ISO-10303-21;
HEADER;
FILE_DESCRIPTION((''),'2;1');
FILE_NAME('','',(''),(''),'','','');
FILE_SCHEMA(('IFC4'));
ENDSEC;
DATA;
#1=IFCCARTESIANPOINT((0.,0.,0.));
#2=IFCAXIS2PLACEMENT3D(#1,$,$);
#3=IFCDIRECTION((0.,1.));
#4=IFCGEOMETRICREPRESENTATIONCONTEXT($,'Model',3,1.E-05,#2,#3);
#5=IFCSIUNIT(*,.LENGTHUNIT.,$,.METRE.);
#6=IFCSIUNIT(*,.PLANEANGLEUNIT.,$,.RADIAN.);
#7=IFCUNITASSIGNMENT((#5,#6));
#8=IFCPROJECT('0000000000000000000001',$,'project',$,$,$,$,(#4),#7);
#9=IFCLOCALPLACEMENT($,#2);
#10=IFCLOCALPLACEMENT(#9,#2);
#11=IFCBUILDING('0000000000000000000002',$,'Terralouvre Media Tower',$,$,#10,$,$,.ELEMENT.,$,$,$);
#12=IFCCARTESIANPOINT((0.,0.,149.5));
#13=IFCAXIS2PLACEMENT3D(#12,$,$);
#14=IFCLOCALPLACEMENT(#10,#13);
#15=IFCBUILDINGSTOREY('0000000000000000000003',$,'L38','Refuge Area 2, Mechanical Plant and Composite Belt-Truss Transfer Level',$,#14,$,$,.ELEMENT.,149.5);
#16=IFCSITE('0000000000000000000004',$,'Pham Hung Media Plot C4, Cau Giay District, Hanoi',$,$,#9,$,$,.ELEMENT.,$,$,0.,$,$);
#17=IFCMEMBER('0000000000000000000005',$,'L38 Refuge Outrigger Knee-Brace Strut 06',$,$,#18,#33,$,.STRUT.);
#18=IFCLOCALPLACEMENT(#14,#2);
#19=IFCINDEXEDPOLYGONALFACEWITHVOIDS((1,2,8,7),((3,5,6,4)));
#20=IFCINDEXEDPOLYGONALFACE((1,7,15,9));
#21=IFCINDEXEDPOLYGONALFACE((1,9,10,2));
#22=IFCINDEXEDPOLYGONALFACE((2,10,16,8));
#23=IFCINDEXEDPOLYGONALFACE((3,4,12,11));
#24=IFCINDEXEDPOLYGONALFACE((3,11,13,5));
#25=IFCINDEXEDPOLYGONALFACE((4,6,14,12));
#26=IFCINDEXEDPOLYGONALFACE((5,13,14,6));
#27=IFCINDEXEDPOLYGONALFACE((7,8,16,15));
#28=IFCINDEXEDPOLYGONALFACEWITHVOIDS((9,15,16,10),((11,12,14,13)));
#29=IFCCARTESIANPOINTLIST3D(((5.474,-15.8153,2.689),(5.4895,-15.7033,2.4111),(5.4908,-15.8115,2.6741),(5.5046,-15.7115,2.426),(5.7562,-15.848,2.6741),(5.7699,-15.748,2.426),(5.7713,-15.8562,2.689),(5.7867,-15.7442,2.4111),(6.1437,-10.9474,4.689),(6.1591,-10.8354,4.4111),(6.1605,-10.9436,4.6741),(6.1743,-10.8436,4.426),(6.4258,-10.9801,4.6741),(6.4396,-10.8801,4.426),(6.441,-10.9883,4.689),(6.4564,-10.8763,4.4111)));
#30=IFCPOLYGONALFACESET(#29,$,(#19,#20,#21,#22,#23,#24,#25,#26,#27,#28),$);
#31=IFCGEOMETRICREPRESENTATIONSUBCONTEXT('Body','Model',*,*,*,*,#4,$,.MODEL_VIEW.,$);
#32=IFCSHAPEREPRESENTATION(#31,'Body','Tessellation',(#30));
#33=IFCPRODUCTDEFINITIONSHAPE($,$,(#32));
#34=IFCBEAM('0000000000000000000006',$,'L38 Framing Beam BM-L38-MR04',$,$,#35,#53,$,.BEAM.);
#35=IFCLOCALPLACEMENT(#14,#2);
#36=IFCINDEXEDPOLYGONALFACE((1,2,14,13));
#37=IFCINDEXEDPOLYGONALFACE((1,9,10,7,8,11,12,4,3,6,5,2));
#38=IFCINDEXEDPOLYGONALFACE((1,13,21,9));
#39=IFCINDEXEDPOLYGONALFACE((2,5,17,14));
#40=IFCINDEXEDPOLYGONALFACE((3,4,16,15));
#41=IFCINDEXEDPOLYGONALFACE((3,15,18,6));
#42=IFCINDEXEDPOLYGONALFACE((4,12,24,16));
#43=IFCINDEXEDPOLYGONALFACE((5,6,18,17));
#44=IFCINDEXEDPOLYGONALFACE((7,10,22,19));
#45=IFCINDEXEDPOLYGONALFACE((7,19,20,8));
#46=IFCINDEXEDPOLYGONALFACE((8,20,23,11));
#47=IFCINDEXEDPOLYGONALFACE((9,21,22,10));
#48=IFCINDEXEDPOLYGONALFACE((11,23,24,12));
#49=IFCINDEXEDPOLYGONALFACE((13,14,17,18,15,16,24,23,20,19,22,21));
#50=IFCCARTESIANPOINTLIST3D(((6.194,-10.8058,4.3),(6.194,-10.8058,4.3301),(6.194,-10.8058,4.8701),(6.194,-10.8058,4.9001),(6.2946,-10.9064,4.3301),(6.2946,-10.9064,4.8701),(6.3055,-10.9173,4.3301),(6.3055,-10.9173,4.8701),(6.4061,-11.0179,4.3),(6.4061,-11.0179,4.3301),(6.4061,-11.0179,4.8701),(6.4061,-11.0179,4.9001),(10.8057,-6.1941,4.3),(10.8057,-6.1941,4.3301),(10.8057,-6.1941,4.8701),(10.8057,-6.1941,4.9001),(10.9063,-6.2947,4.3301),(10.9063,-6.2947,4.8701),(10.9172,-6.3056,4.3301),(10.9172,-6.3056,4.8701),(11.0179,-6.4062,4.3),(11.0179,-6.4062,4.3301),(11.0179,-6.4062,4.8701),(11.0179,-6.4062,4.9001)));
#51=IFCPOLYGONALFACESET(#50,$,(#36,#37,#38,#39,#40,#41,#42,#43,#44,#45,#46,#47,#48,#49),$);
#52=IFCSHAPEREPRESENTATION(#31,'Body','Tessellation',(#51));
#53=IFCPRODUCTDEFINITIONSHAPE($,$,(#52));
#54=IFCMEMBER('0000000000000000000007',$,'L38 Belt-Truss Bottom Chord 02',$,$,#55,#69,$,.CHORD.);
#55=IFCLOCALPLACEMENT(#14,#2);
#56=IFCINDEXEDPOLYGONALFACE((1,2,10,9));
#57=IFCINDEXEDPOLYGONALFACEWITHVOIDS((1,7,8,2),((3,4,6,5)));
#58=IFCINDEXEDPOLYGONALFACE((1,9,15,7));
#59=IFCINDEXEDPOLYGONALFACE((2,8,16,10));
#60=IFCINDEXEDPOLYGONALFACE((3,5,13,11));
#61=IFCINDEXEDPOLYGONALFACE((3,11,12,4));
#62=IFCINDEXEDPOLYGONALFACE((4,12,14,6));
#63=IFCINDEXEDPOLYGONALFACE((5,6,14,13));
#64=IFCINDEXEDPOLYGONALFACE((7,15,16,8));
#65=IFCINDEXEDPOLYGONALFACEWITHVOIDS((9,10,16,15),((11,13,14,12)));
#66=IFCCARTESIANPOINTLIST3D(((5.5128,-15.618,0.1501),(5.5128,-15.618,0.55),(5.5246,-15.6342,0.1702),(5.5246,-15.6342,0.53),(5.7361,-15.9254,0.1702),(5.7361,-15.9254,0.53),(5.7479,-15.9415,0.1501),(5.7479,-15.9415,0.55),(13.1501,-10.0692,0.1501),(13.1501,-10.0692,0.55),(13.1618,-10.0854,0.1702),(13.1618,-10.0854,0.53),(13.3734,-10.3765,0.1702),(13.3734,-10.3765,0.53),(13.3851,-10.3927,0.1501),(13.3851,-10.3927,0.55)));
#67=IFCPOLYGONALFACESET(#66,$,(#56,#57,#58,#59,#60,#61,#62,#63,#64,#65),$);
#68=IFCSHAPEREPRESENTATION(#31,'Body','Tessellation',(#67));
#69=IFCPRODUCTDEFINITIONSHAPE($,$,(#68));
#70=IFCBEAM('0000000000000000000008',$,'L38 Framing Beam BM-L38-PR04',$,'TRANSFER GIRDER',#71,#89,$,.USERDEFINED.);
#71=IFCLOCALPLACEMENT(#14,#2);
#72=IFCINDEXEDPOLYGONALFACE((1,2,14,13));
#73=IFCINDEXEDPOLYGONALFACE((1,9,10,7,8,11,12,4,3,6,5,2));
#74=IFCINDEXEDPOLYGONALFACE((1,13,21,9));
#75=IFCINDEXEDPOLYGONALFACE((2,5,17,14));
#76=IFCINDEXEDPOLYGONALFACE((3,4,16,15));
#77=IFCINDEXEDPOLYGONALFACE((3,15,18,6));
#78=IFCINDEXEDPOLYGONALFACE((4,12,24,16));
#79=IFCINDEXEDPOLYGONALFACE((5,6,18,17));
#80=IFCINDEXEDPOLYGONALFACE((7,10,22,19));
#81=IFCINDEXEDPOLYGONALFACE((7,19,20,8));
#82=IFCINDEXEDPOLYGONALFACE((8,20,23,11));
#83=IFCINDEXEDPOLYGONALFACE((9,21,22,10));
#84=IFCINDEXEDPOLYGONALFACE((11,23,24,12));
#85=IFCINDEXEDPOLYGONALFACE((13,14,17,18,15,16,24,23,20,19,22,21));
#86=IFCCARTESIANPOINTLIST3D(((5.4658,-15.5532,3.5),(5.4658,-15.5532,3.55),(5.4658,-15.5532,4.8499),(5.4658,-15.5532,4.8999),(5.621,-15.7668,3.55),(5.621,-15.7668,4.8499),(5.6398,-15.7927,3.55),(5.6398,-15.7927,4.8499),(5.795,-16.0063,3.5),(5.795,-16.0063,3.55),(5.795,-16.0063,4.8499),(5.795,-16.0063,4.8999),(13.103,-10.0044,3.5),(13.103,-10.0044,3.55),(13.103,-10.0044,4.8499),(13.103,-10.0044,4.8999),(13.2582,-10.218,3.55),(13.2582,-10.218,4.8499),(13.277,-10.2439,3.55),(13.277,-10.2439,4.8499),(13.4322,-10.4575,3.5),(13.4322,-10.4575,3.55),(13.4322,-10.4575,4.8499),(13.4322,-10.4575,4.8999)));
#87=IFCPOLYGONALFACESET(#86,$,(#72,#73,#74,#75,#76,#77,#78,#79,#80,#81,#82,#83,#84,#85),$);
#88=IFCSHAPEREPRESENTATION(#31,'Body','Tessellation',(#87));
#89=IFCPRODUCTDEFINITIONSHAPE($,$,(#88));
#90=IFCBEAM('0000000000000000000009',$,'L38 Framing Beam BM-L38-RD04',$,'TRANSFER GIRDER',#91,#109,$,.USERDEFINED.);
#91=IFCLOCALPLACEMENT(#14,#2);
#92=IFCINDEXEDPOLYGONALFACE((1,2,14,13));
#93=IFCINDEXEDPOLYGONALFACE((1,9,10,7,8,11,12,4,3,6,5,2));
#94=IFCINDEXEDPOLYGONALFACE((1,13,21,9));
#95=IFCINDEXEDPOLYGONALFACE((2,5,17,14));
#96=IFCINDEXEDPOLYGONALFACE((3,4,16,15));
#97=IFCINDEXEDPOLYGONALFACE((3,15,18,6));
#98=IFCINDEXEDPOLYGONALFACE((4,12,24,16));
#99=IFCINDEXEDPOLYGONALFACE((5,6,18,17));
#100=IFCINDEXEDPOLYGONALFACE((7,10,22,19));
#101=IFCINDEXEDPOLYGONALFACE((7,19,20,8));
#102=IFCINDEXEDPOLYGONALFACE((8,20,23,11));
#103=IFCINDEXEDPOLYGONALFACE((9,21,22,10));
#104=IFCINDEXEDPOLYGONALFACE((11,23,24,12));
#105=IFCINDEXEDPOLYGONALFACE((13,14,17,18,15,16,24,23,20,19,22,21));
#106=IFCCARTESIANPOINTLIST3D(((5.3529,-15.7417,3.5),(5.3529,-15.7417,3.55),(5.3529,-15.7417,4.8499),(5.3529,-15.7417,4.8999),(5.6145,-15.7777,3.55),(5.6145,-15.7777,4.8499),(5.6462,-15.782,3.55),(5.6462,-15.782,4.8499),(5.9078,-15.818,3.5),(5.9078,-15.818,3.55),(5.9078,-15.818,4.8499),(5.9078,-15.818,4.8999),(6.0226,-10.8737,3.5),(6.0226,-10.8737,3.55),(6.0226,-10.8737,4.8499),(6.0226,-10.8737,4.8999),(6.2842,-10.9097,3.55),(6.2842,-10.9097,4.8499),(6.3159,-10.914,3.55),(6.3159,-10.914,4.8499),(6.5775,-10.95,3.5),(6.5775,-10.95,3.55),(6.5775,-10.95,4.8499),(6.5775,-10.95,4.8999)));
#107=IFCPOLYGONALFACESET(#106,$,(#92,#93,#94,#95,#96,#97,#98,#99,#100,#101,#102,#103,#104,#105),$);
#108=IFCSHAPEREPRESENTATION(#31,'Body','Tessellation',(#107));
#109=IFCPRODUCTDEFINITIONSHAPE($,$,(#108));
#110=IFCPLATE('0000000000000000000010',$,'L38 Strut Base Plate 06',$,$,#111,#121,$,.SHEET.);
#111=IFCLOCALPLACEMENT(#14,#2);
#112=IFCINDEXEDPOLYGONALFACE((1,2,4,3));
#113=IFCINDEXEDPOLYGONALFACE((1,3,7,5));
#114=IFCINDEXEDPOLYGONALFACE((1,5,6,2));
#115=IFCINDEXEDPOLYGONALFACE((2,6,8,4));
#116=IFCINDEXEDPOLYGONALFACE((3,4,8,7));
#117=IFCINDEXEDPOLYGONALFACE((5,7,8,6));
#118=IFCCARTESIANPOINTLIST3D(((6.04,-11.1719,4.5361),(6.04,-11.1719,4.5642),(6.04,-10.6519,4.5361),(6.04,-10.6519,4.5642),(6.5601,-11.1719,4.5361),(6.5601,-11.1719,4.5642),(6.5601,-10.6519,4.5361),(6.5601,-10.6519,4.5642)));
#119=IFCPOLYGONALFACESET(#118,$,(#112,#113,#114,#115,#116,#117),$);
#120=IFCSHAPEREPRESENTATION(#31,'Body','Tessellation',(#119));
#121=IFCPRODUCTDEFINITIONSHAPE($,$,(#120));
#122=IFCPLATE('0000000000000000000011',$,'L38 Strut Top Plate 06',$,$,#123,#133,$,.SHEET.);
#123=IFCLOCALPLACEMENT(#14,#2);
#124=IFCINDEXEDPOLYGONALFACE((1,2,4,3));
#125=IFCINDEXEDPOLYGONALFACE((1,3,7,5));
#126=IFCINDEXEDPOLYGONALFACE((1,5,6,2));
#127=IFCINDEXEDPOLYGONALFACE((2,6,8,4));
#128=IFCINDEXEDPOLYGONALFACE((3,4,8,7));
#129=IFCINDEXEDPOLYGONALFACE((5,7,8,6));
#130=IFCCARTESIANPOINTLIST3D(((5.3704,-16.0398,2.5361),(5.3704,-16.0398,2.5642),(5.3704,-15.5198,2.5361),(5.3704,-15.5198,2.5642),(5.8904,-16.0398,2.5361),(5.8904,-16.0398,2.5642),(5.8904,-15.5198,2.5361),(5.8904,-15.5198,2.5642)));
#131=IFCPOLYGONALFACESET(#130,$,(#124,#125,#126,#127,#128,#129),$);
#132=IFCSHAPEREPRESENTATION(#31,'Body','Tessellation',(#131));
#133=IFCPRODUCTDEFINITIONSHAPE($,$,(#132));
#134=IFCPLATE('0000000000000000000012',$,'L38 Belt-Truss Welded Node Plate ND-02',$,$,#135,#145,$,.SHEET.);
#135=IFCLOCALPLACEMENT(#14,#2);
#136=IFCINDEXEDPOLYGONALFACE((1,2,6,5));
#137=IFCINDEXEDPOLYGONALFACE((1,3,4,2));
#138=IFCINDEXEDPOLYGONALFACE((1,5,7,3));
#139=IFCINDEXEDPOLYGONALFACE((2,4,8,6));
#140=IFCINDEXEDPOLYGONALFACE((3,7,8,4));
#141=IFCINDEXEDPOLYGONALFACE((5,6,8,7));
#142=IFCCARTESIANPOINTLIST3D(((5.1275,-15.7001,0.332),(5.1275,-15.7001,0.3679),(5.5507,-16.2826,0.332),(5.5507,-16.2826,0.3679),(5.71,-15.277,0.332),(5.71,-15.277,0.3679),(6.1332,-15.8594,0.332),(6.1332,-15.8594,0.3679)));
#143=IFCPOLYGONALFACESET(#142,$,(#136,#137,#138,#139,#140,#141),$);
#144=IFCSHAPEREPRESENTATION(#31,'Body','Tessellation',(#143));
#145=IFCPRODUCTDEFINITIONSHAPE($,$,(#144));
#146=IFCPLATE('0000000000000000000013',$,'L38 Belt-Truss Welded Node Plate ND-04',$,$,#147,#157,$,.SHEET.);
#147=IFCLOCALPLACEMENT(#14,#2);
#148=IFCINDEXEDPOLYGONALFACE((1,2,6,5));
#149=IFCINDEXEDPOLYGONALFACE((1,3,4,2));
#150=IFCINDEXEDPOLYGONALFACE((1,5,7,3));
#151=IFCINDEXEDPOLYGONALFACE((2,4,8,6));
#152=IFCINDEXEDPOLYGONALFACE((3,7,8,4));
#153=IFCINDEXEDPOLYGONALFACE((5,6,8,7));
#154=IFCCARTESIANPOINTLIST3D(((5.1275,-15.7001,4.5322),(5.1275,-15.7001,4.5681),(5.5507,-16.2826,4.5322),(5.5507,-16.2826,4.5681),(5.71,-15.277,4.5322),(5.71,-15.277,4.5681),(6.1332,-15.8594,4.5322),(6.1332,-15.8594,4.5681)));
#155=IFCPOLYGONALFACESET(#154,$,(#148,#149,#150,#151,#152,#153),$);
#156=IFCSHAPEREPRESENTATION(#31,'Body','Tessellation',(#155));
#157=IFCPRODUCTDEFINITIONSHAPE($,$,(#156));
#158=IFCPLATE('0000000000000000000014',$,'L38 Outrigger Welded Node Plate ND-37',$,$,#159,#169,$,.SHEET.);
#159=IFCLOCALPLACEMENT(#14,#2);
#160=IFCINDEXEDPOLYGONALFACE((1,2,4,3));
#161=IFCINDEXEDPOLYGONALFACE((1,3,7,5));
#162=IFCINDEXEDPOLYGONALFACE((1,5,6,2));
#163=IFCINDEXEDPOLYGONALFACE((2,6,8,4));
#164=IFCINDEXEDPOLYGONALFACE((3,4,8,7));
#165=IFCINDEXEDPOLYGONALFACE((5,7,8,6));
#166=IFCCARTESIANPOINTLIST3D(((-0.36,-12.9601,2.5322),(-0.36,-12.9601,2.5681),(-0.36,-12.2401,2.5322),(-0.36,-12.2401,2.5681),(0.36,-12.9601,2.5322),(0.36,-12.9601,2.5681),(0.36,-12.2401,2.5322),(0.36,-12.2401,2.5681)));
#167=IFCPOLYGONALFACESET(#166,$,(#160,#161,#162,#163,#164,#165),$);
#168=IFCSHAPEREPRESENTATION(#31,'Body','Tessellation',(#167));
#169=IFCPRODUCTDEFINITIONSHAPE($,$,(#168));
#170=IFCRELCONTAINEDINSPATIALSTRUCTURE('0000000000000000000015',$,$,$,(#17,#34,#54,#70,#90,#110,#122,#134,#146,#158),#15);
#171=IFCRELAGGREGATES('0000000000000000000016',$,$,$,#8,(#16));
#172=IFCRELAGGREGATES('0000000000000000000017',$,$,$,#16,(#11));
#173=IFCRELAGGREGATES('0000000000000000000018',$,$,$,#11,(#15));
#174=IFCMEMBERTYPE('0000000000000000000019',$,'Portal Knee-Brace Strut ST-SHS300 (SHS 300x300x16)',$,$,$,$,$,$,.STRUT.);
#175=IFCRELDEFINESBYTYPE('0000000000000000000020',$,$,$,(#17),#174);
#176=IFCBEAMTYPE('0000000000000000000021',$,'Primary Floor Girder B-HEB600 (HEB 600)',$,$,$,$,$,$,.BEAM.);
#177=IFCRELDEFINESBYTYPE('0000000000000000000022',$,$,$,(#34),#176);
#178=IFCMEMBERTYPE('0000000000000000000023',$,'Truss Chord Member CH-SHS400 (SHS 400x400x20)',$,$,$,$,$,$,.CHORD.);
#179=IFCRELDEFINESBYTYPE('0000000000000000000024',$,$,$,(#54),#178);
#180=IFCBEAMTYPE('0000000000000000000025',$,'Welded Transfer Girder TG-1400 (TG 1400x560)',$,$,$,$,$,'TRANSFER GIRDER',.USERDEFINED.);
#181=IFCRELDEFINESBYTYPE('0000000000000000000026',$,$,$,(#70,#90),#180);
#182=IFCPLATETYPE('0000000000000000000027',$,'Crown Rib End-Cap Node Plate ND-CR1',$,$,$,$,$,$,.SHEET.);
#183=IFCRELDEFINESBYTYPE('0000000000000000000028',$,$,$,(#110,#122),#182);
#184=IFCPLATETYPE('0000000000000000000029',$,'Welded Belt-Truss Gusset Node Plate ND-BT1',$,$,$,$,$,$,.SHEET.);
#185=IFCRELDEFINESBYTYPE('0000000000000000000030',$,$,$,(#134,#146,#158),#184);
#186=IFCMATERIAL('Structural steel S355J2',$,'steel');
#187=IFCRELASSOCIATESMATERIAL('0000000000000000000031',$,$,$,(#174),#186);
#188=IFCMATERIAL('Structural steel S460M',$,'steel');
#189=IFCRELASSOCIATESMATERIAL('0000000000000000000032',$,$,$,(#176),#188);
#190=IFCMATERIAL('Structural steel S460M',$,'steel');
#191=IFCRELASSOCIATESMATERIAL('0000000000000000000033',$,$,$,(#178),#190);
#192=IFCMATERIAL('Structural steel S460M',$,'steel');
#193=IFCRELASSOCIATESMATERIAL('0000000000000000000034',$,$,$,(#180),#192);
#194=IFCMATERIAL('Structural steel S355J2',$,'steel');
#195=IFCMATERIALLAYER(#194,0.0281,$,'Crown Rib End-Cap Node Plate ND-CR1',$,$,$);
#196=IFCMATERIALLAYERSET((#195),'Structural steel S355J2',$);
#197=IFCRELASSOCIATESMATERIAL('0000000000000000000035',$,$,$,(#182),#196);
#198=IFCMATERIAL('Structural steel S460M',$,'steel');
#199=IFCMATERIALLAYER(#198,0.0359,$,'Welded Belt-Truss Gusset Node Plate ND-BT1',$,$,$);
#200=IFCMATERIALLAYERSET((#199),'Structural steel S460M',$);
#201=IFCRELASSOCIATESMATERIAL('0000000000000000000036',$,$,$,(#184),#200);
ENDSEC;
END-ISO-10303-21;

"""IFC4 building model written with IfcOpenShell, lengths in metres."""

from ifc_helpers import new_model, si_unit, direction, frame, origin, origin_2d, place, context, subcontext, project, spatial, rectangle, hollow_rectangle, i_section, extrude, material, layer, layer_set, material_profile, profile_set, type_object, element, save


model = new_model("IFC4")

# Units and contexts
model_context = context("Model", 3, precision=1e-05, world=origin(), true_north=direction((0.0, 1.0)))
body_context = subcontext(model_context, "Body", "Model", "MODEL_VIEW")
ifc_project = project(units=[si_unit("LENGTHUNIT", "METRE"), si_unit("PLANEANGLEUNIT", "RADIAN")], contexts=[model_context])

# Site, building, storey
site_placement = place(None, origin())
site = spatial("IfcSite", under=ifc_project, at=site_placement, Name="Pham Hung Media Plot C4, Cau Giay District, Hanoi", CompositionType="ELEMENT", RefElevation=0.0)
building_placement = place(site_placement, origin())
building = spatial("IfcBuilding", under=site, at=building_placement, Name="Terralouvre Media Tower", CompositionType="ELEMENT")
storey_placement = place(building_placement, frame((0.0, 0.0, 149.5)))
storey = spatial("IfcBuildingStorey", under=building, at=storey_placement, Name="L38", Description="Refuge Area 2, Mechanical Plant and Composite Belt-Truss Transfer Level", CompositionType="ELEMENT", Elevation=149.5)

# Member
ifc_material_1 = material(Name="Structural steel S355J2", Category="steel")
ifc_material_profile_1 = material_profile(ifc_material_1, hollow_rectangle(XDim=0.3, YDim=0.3, WallThickness=0.0161, at=origin_2d()), Name="SHS 300x300x16")
ifc_profile_set_1 = profile_set([ifc_material_profile_1], Name="Structural steel S355J2")
member_type_1 = type_object("IfcMemberType", Name="Portal Knee-Brace Strut ST-SHS300 (SHS 300x300x16)", PredefinedType="STRUT", material=ifc_profile_set_1)
member_1_placement = place(storey_placement, frame((6.3, -10.9119, 4.55), z_axis=(-0.126231, -0.917576, -0.376989), x_axis=(0.99067, -0.136286, 0.0)))
element("IfcMember", 1, at=member_1_placement, inside=storey, type_object=member_type_1, Name="L38 Refuge Outrigger Knee-Brace Strut 06", PredefinedType="STRUT", context=body_context, shape_type="SweptSolid", body=[
    extrude(hollow_rectangle(XDim=0.3, YDim=0.3, WallThickness=0.0161, at=origin_2d()), origin(), (0.0, 0.0, 1.0), 5.3052),
])

# Beam
ifc_material_2 = material(Name="Structural steel S460M", Category="steel")
ifc_material_profile_2 = material_profile(ifc_material_2, i_section(OverallWidth=0.3, OverallDepth=0.6001, WebThickness=0.0154, FlangeThickness=0.03, at=origin_2d()), Name="HEB 600")
ifc_profile_set_2 = profile_set([ifc_material_profile_2], Name="Structural steel S460M")
beam_type_1 = type_object("IfcBeamType", Name="Primary Floor Girder B-HEB600 (HEB 600)", PredefinedType="BEAM", material=ifc_profile_set_2)
beam_1_placement = place(storey_placement, frame((6.3, -10.9119, 4.6001), z_axis=(0.707107, 0.707107, 0.0), x_axis=(-0.707107, 0.707107, 0.0)))
element("IfcBeam", 2, at=beam_1_placement, inside=storey, type_object=beam_type_1, Name="L38 Framing Beam BM-L38-MR04", PredefinedType="BEAM", context=body_context, shape_type="SweptSolid", body=[
    extrude(i_section(OverallWidth=0.3, OverallDepth=0.6001, WebThickness=0.0154, FlangeThickness=0.03, at=origin_2d()), origin(), (0.0, 0.0, 1.0), 6.522),
])

# Member
ifc_material_3 = material(Name="Structural steel S460M", Category="steel")
ifc_material_profile_3 = material_profile(ifc_material_3, hollow_rectangle(XDim=0.3999, YDim=0.3999, WallThickness=0.02, at=origin_2d()), Name="SHS 400x400x20")
ifc_profile_set_3 = profile_set([ifc_material_profile_3], Name="Structural steel S460M")
member_type_2 = type_object("IfcMemberType", Name="Truss Chord Member CH-SHS400 (SHS 400x400x20)", PredefinedType="CHORD", material=ifc_profile_set_3)
member_2_placement = place(storey_placement, frame((5.6304, -15.7798, 0.3501), z_axis=(0.809013, 0.58779, 0.0), x_axis=(-0.58779, 0.809013, 0.0)))
element("IfcMember", 3, at=member_2_placement, inside=storey, type_object=member_type_2, Name="L38 Belt-Truss Bottom Chord 02", PredefinedType="CHORD", context=body_context, shape_type="SweptSolid", body=[
    extrude(hollow_rectangle(XDim=0.3999, YDim=0.3999, WallThickness=0.02, at=origin_2d()), origin(), (0.0, 0.0, 1.0), 9.4402),
])

# Beams
ifc_material_4 = material(Name="Structural steel S460M", Category="steel")
ifc_material_profile_4 = material_profile(ifc_material_4, i_section(OverallWidth=0.5601, OverallDepth=1.3999, WebThickness=0.032, FlangeThickness=0.05, at=origin_2d()), Name="TG 1400x560")
ifc_profile_set_4 = profile_set([ifc_material_profile_4], Name="Structural steel S460M")
beam_type_2 = type_object("IfcBeamType", Name="Welded Transfer Girder TG-1400 (TG 1400x560)", ElementType="TRANSFER GIRDER", PredefinedType="USERDEFINED", material=ifc_profile_set_4)
beam_2_placement = place(storey_placement, frame((5.6304, -15.7798, 4.2), z_axis=(0.809013, 0.58779, 0.0), x_axis=(-0.58779, 0.809013, 0.0)))
element("IfcBeam", 4, at=beam_2_placement, inside=storey, type_object=beam_type_2, Name="L38 Framing Beam BM-L38-PR04", ObjectType="TRANSFER GIRDER", PredefinedType="USERDEFINED", context=body_context, shape_type="SweptSolid", body=[
    extrude(i_section(OverallWidth=0.5601, OverallDepth=1.3999, WebThickness=0.032, FlangeThickness=0.05, at=origin_2d()), origin(), (0.0, 0.0, 1.0), 9.4402),
])
beam_3_placement = place(storey_placement, frame((6.3, -10.9119, 4.2), z_axis=(-0.136286, -0.99067, 0.0), x_axis=(0.99067, -0.136286, 0.0)))
element("IfcBeam", 5, at=beam_3_placement, inside=storey, type_object=beam_type_2, Name="L38 Framing Beam BM-L38-RD04", ObjectType="TRANSFER GIRDER", PredefinedType="USERDEFINED", context=body_context, shape_type="SweptSolid", body=[
    extrude(i_section(OverallWidth=0.5601, OverallDepth=1.3999, WebThickness=0.032, FlangeThickness=0.05, at=origin_2d()), origin(), (0.0, 0.0, 1.0), 4.9138),
])

# Plates
ifc_material_5 = material(Name="Structural steel S355J2", Category="steel")
ifc_layer_1 = layer(ifc_material_5, 0.0281, Name="Crown Rib End-Cap Node Plate ND-CR1")
ifc_layer_set_1 = layer_set([ifc_layer_1], Name="Structural steel S355J2")
plate_type_1 = type_object("IfcPlateType", Name="Crown Rib End-Cap Node Plate ND-CR1", PredefinedType="SHEET", material=ifc_layer_set_1)
for number, where, z_axis, x_axis, name in (
    (6, (6.3, -10.9119, 4.5361), (0.0, 0.0, 1.0), (1.0, 0.0, 0.0), "L38 Strut Base Plate 06"),
    (7, (5.6304, -15.7798, 2.5361), (0.0, 0.0, 1.0), (1.0, 0.0, 0.0), "L38 Strut Top Plate 06"),
):
    element("IfcPlate", number, at=place(storey_placement, frame(where, z_axis=z_axis, x_axis=x_axis)), inside=storey, type_object=plate_type_1, Name=name, PredefinedType="SHEET", context=body_context, shape_type="SweptSolid", body=[
        extrude(rectangle(XDim=0.52, YDim=0.52, at=origin_2d()), origin(), (0.0, 0.0, 1.0), 0.0281),
    ])
ifc_material_6 = material(Name="Structural steel S460M", Category="steel")
ifc_layer_2 = layer(ifc_material_6, 0.0359, Name="Welded Belt-Truss Gusset Node Plate ND-BT1")
ifc_layer_set_2 = layer_set([ifc_layer_2], Name="Structural steel S460M")
plate_type_2 = type_object("IfcPlateType", Name="Welded Belt-Truss Gusset Node Plate ND-BT1", PredefinedType="SHEET", material=ifc_layer_set_2)
for number, where, z_axis, x_axis, name in (
    (8, (5.6304, -15.7798, 0.332), (0.0, 0.0, 1.0), (0.809017, 0.587785, 0.0), "L38 Belt-Truss Welded Node Plate ND-02"),
    (9, (5.6304, -15.7798, 4.5322), (0.0, 0.0, 1.0), (0.809017, 0.587785, 0.0), "L38 Belt-Truss Welded Node Plate ND-04"),
    (10, (0.0, -12.6001, 2.5322), (0.0, 0.0, 1.0), (1.0, 0.0, 0.0), "L38 Outrigger Welded Node Plate ND-37"),
):
    element("IfcPlate", number, at=place(storey_placement, frame(where, z_axis=z_axis, x_axis=x_axis)), inside=storey, type_object=plate_type_2, Name=name, PredefinedType="SHEET", context=body_context, shape_type="SweptSolid", body=[
        extrude(rectangle(XDim=0.72, YDim=0.72, at=origin_2d()), origin(), (0.0, 0.0, 1.0), 0.0359),
    ])

save(model, "model.ifc")
